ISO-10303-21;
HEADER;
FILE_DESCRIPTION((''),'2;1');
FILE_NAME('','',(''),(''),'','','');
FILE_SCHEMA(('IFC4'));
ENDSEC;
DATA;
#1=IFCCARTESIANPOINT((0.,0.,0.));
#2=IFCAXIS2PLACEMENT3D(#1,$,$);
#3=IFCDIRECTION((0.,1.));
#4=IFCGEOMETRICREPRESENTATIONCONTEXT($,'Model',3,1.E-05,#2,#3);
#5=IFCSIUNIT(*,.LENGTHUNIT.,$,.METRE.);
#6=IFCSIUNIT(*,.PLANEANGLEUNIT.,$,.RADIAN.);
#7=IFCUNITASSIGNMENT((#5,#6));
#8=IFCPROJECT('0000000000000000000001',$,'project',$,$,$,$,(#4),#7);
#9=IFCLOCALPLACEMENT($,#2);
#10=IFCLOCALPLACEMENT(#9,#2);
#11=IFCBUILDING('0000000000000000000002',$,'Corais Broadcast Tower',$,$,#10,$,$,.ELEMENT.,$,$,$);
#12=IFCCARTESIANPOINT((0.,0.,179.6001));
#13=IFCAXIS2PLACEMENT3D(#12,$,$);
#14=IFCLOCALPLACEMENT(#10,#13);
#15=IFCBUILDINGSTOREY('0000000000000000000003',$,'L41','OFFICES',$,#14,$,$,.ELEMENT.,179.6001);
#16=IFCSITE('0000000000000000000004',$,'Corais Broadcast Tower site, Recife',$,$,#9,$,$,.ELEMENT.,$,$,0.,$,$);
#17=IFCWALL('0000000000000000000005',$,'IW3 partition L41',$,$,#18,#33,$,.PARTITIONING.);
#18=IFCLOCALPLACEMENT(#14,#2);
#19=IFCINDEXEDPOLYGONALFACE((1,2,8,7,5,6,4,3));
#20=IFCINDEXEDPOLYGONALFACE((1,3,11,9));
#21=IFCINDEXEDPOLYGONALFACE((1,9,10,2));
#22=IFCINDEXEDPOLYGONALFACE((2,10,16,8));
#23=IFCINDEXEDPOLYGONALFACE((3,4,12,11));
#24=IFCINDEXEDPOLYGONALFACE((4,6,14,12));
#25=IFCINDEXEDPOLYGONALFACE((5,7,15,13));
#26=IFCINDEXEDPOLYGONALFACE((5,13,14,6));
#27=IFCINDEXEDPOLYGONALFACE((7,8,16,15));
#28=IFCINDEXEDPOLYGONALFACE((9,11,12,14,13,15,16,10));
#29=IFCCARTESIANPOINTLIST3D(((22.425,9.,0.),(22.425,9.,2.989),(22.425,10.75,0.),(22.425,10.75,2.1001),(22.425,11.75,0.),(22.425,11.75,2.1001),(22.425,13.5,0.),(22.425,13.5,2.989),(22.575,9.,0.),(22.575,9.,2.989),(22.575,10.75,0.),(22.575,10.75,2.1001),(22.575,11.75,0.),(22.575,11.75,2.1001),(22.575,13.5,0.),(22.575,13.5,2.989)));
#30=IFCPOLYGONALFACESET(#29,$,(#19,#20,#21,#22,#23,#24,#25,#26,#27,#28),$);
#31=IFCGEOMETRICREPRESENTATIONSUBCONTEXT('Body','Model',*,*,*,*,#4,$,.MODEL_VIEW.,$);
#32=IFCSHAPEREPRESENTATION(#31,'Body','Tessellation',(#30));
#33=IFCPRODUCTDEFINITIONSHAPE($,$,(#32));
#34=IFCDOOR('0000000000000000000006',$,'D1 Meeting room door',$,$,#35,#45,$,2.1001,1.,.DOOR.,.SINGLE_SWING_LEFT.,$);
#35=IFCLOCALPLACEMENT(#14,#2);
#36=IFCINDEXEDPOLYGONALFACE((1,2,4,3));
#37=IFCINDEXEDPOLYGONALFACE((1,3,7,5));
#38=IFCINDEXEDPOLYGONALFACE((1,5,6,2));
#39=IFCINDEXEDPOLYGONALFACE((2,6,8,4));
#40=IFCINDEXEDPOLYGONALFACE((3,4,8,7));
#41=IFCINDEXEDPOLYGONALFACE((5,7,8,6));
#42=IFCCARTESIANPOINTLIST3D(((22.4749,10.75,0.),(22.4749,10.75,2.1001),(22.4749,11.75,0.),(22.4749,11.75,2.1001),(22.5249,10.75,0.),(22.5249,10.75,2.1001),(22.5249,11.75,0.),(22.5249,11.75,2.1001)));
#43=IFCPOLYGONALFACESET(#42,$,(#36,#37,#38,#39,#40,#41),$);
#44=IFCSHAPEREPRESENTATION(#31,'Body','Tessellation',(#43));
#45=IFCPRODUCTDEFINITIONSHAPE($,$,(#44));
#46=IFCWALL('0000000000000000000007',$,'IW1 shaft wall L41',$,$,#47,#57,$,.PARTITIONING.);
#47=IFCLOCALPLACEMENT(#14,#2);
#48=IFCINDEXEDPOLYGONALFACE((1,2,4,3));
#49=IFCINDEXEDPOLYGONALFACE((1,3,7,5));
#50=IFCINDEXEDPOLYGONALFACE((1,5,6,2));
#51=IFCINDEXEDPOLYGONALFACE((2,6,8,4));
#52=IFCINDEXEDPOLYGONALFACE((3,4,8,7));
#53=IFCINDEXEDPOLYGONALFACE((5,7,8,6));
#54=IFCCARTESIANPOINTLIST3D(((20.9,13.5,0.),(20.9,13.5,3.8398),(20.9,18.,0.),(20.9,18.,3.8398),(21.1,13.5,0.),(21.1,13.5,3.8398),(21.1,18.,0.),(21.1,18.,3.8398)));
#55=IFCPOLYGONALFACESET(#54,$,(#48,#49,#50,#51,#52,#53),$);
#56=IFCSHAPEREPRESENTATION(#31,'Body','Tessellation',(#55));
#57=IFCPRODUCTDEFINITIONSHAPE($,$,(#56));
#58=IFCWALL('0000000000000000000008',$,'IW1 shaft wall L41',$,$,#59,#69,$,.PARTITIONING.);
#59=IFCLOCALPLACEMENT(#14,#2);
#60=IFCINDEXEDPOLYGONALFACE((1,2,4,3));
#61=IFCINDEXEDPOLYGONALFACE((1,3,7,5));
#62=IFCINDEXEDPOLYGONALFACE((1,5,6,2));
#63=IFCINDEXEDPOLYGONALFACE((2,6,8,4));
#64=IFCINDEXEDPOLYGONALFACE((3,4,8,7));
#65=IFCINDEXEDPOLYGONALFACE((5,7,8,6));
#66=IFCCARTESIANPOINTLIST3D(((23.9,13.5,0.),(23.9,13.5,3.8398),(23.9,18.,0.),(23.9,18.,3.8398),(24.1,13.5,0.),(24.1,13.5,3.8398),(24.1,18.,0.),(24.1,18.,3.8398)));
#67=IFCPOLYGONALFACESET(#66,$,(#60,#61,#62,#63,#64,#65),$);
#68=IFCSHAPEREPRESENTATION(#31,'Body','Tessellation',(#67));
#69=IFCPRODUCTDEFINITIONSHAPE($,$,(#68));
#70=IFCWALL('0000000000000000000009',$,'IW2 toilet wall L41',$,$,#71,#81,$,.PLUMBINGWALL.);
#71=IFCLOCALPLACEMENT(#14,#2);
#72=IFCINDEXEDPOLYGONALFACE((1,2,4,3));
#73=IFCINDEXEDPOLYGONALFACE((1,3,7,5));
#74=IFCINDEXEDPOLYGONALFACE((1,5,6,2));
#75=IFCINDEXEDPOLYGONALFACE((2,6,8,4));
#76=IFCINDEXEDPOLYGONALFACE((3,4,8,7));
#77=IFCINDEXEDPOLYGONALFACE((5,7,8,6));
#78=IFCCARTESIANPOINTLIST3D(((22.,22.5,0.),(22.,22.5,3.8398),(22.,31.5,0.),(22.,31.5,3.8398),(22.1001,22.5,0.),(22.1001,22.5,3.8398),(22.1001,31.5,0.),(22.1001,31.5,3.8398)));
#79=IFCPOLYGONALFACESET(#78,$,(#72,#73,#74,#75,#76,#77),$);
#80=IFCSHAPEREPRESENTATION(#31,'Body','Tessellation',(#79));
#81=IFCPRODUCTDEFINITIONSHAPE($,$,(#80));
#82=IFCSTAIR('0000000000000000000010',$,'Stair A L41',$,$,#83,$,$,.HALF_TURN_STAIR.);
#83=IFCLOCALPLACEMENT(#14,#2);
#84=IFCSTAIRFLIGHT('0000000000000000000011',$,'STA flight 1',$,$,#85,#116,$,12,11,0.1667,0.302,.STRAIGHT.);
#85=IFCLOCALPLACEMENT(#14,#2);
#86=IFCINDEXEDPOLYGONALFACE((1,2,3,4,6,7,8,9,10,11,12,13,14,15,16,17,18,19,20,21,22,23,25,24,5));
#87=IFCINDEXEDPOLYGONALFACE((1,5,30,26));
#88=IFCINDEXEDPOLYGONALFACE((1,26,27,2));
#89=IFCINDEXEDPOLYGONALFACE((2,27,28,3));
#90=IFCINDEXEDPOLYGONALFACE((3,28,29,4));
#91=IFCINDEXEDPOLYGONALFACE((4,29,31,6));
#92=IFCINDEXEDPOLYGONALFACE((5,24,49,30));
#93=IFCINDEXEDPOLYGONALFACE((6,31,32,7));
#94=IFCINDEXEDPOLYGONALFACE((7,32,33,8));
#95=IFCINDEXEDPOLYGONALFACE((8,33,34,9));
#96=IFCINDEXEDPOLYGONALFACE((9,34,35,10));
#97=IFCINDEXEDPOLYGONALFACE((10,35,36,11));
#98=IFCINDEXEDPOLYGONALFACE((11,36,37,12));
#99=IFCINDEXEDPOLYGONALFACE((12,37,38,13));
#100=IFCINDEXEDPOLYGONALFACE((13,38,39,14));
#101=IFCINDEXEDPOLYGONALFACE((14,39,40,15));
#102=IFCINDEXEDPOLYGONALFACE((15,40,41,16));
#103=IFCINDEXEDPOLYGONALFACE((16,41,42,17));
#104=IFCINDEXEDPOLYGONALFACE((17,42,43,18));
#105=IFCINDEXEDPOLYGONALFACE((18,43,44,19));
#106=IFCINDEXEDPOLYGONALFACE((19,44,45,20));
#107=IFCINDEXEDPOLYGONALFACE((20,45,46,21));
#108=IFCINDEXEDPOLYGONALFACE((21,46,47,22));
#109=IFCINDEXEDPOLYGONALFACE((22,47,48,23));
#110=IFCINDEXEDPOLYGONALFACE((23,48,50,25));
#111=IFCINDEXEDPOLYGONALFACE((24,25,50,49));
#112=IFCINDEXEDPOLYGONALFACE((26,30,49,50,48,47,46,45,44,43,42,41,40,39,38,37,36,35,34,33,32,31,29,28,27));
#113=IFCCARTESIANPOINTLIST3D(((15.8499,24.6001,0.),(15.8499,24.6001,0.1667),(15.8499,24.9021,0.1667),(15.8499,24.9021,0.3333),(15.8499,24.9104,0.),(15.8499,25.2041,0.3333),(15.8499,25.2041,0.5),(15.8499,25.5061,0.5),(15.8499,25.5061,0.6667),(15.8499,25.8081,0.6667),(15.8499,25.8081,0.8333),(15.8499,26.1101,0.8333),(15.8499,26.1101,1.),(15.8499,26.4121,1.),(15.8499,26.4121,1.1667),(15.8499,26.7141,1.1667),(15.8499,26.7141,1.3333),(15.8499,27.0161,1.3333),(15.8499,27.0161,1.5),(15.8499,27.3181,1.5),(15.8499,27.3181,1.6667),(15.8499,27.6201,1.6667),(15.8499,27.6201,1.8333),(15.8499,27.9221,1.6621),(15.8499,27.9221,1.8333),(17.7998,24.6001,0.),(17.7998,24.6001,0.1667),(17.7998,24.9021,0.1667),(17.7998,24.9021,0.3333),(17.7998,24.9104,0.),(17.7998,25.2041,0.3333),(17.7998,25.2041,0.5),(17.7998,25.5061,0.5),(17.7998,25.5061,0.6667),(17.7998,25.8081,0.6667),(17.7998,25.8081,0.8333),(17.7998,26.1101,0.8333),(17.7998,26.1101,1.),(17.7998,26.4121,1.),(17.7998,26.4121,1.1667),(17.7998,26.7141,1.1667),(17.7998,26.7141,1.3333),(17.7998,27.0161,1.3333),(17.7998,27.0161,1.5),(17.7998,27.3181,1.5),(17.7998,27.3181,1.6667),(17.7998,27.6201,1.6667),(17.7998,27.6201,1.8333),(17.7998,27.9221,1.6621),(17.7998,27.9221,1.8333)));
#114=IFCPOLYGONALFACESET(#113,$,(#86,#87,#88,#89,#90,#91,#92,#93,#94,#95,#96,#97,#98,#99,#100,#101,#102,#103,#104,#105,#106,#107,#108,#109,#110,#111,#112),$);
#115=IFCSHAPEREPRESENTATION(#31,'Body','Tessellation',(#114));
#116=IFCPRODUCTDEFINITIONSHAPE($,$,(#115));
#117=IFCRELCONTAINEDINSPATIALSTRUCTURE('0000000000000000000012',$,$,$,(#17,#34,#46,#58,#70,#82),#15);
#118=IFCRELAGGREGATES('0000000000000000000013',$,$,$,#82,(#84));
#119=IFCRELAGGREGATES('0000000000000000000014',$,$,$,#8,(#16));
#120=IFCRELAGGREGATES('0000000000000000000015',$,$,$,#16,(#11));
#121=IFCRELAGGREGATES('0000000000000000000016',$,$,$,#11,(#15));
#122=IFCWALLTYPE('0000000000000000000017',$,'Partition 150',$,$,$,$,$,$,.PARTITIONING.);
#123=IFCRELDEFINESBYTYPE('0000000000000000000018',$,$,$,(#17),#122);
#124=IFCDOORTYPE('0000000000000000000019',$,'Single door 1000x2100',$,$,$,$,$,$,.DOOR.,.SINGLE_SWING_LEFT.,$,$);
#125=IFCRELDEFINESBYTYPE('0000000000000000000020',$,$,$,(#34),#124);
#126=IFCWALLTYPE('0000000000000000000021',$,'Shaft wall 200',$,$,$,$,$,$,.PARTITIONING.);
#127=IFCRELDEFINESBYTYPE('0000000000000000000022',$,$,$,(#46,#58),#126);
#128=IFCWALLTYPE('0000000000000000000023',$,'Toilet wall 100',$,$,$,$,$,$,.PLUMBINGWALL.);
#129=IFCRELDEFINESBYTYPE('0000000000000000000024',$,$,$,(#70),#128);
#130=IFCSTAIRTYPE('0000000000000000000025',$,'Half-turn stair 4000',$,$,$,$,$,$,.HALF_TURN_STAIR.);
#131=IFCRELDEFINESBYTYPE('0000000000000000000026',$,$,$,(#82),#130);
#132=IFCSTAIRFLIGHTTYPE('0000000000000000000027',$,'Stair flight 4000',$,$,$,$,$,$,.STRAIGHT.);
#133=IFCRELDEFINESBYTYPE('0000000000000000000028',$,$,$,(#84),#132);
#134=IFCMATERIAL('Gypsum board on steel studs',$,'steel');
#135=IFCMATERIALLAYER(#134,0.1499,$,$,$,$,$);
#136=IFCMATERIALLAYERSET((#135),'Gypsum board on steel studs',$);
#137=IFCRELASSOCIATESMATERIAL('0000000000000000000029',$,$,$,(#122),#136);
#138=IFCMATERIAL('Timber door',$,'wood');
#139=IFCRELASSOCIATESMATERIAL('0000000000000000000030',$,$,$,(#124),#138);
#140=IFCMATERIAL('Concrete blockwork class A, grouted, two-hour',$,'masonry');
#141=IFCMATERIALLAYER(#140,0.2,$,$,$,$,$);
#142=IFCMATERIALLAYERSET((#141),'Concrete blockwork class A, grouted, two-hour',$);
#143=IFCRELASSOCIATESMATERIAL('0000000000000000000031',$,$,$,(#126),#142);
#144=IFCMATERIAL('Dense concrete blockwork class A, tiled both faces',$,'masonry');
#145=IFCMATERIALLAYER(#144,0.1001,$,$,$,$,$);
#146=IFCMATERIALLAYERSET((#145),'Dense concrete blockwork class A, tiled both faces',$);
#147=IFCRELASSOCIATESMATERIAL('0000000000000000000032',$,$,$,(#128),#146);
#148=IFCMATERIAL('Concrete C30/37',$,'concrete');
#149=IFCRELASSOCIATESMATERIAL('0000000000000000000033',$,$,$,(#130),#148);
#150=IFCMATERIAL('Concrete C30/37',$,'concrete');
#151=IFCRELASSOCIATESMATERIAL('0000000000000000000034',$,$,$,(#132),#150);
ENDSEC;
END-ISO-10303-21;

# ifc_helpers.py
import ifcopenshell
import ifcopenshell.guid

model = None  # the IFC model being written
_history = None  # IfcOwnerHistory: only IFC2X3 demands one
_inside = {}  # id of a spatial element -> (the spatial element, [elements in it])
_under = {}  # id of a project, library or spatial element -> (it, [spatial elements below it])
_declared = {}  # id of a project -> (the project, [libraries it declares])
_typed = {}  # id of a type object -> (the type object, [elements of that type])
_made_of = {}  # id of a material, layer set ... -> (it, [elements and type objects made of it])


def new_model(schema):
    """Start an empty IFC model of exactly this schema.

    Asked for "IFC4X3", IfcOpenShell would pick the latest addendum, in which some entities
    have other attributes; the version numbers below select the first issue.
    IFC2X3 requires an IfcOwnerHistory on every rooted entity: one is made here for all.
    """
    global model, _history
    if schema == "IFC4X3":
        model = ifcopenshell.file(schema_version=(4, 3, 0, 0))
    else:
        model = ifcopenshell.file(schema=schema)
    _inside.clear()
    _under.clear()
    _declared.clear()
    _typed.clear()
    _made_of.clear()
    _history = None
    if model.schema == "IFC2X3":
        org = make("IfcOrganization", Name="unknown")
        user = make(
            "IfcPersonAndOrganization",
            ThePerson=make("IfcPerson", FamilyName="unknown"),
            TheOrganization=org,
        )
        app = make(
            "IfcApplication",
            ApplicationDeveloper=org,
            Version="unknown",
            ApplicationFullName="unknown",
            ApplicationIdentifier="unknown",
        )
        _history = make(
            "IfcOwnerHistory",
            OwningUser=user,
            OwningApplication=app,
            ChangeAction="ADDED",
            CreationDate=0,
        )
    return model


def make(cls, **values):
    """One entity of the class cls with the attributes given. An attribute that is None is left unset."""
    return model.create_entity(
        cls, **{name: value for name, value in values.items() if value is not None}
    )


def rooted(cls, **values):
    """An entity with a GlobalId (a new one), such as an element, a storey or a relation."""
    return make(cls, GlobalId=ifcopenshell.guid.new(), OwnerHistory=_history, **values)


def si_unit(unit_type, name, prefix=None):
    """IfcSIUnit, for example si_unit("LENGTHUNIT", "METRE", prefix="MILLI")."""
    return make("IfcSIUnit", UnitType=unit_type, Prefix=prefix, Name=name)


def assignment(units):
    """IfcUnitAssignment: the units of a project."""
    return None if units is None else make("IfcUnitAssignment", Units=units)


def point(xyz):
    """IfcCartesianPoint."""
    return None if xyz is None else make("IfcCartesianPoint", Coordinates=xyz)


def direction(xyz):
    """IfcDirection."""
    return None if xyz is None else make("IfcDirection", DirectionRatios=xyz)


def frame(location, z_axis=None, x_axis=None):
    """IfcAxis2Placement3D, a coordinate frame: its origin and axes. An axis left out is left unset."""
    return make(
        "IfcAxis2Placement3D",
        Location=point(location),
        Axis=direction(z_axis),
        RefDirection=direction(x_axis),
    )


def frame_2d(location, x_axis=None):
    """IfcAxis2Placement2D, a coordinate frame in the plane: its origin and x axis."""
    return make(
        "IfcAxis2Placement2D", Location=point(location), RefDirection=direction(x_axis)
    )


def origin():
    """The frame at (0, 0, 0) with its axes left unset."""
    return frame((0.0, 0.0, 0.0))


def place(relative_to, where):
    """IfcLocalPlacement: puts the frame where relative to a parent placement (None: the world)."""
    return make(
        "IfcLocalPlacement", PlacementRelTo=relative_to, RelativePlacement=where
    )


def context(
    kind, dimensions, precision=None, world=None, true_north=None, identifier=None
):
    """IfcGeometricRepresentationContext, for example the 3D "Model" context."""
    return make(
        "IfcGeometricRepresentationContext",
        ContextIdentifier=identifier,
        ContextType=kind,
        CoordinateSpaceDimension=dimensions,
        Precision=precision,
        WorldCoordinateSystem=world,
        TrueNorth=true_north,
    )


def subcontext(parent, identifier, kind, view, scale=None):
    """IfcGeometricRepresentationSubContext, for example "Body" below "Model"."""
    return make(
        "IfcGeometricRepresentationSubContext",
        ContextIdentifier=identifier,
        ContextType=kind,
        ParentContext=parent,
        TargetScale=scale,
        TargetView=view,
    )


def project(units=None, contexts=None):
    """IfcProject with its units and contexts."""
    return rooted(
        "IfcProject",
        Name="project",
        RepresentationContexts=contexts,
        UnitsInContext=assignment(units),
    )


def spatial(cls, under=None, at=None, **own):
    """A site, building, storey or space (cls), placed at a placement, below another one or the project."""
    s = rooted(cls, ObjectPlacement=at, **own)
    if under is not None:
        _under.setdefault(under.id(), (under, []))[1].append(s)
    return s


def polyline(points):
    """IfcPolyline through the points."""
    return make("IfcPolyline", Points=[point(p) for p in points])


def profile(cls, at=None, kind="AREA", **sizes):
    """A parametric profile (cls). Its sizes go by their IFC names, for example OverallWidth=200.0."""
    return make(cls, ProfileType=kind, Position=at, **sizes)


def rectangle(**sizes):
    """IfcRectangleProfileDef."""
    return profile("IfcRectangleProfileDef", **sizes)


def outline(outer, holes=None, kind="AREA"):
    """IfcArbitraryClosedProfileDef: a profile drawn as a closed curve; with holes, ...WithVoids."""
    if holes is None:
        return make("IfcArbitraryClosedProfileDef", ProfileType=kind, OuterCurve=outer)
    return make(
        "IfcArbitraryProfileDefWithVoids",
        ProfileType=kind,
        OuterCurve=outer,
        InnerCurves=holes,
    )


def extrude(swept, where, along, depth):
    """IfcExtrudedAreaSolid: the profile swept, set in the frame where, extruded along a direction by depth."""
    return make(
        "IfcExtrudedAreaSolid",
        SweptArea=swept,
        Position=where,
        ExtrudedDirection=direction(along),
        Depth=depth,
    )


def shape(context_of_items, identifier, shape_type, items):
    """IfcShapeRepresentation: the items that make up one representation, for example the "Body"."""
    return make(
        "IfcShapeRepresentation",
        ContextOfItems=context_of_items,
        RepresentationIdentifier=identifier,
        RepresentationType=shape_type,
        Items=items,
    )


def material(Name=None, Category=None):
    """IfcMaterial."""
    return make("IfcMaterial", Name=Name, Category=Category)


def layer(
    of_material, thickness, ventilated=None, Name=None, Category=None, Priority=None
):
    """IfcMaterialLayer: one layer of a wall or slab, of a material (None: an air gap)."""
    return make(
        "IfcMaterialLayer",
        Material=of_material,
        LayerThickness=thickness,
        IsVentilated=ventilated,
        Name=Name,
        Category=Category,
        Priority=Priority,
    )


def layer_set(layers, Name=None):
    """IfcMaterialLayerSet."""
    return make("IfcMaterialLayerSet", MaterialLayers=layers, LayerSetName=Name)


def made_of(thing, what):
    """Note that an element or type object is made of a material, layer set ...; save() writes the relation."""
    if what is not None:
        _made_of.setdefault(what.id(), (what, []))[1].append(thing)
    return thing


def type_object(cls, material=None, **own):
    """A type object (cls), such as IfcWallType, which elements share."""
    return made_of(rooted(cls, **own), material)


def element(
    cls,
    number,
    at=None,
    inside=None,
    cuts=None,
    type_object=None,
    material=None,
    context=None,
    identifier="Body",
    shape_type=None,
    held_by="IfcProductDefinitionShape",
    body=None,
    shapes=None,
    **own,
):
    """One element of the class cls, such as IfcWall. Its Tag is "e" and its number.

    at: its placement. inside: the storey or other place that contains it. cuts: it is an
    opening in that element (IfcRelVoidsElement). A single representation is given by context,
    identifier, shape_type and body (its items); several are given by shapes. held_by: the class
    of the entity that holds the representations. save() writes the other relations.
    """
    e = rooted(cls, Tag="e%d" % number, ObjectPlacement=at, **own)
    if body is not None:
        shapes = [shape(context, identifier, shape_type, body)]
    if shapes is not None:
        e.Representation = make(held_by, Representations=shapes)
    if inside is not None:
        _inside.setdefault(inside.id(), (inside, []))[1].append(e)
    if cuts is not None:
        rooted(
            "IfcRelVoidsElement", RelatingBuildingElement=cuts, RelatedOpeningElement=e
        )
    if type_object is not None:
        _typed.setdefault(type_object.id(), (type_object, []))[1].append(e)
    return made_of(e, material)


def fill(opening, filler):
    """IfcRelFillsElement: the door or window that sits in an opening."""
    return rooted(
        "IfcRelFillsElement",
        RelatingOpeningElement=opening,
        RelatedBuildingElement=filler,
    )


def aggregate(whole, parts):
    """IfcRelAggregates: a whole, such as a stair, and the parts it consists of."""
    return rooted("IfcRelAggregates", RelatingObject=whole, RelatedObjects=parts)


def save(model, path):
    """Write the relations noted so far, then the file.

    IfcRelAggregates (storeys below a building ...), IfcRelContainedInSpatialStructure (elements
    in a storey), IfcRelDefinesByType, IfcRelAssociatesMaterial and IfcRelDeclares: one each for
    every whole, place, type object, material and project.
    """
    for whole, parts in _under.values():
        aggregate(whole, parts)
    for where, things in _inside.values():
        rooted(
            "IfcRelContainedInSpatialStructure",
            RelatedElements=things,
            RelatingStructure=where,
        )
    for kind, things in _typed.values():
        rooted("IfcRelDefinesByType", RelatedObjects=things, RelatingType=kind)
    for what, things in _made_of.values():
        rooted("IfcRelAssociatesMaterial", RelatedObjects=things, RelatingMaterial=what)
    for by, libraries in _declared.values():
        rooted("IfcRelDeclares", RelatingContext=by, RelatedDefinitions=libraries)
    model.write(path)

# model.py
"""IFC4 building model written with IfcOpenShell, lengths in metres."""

from ifc_helpers import new_model, si_unit, direction, frame, frame_2d, origin, place, context, subcontext, project, spatial, polyline, rectangle, outline, extrude, material, layer, layer_set, type_object, element, fill, aggregate, save


model = new_model("IFC4")

# Units and contexts
model_context = context("Model", 3, precision=1e-05, world=origin(), true_north=direction((0.0, 1.0)))
body_context = subcontext(model_context, "Body", "Model", "MODEL_VIEW")
ifc_project = project(units=[si_unit("LENGTHUNIT", "METRE"), si_unit("PLANEANGLEUNIT", "RADIAN")], contexts=[model_context])

# Site, building, storey
site_placement = place(None, origin())
site = spatial("IfcSite", under=ifc_project, at=site_placement, Name="Corais Broadcast Tower site, Recife", CompositionType="ELEMENT", RefElevation=0.0)
building_placement = place(site_placement, origin())
building = spatial("IfcBuilding", under=site, at=building_placement, Name="Corais Broadcast Tower", CompositionType="ELEMENT")
storey_placement = place(building_placement, frame((0.0, 0.0, 179.6001)))
storey = spatial("IfcBuildingStorey", under=building, at=storey_placement, Name="L41", Description="OFFICES", CompositionType="ELEMENT", Elevation=179.6001)

# Shared definitions
ifc_material_1 = material(Name="Gypsum board on steel studs", Category="steel")
ifc_layer_1 = layer(ifc_material_1, 0.1499)
ifc_layer_set_1 = layer_set([ifc_layer_1], Name="Gypsum board on steel studs")
wall_type_1 = type_object("IfcWallType", Name="Partition 150", PredefinedType="PARTITIONING", material=ifc_layer_set_1)

# Wall, opening, door
wall_1_placement = place(storey_placement, frame((22.5, 13.5, 0.0), z_axis=(0.0, 0.0, 1.0), x_axis=(0.0, -1.0, 0.0)))
wall_1 = element("IfcWall", 1, at=wall_1_placement, inside=storey, type_object=wall_type_1, Name="IW3 partition L41", PredefinedType="PARTITIONING", context=body_context, shape_type="SweptSolid", body=[
    extrude(rectangle(XDim=4.5, YDim=0.1499, at=frame_2d((2.25, 0.0))), origin(), (0.0, 0.0, 1.0), 2.989),
])
opening_1_placement = place(wall_1_placement, frame((1.75, 0.0, 0.0)))
opening_1 = element("IfcOpeningElement", 2, at=opening_1_placement, cuts=wall_1, PredefinedType="OPENING", context=body_context, shape_type="SweptSolid", body=[
    extrude(rectangle(XDim=1.0, YDim=2.1001, at=frame_2d((0.5, 1.05))), frame((0.0, 0.085, 0.0), z_axis=(0.0, -1.0, 0.0), x_axis=(1.0, 0.0, 0.0)), (0.0, 0.0, 1.0), 0.1699),
])
ifc_material_2 = material(Name="Timber door", Category="wood")
door_type_1 = type_object("IfcDoorType", Name="Single door 1000x2100", OperationType="SINGLE_SWING_LEFT", PredefinedType="DOOR", material=ifc_material_2)
door_1_placement = place(opening_1_placement, origin())
door_1 = element("IfcDoor", 3, at=door_1_placement, inside=storey, type_object=door_type_1, Name="D1 Meeting room door", OperationType="SINGLE_SWING_LEFT", OverallHeight=2.1001, OverallWidth=1.0, PredefinedType="DOOR", context=body_context, shape_type="SweptSolid", body=[
    extrude(rectangle(XDim=1.0, YDim=2.1001, at=frame_2d((0.5, 1.05))), frame((0.0, 0.0249, 0.0), z_axis=(0.0, -1.0, 0.0), x_axis=(1.0, 0.0, 0.0)), (0.0, 0.0, 1.0), 0.05),
])
fill(opening_1, door_1)

# Walls
ifc_material_3 = material(Name="Concrete blockwork class A, grouted, two-hour", Category="masonry")
ifc_layer_2 = layer(ifc_material_3, 0.2)
ifc_layer_set_2 = layer_set([ifc_layer_2], Name="Concrete blockwork class A, grouted, two-hour")
wall_type_2 = type_object("IfcWallType", Name="Shaft wall 200", PredefinedType="PARTITIONING", material=ifc_layer_set_2)
for number, where, z_axis, x_axis, name in (
    (4, (21.0, 13.5, 0.0), (0.0, 0.0, 1.0), (0.0, 1.0, 0.0), "IW1 shaft wall L41"),
    (5, (24.0, 13.5, 0.0), (0.0, 0.0, 1.0), (0.0, 1.0, 0.0), "IW1 shaft wall L41"),
):
    element("IfcWall", number, at=place(storey_placement, frame(where, z_axis=z_axis, x_axis=x_axis)), inside=storey, type_object=wall_type_2, Name=name, PredefinedType="PARTITIONING", context=body_context, shape_type="SweptSolid", body=[
        extrude(rectangle(XDim=4.5, YDim=0.2, at=frame_2d((2.25, 0.0))), origin(), (0.0, 0.0, 1.0), 3.8398),
    ])
ifc_material_4 = material(Name="Dense concrete blockwork class A, tiled both faces", Category="masonry")
ifc_layer_3 = layer(ifc_material_4, 0.1001)
ifc_layer_set_3 = layer_set([ifc_layer_3], Name="Dense concrete blockwork class A, tiled both faces")
wall_type_3 = type_object("IfcWallType", Name="Toilet wall 100", PredefinedType="PLUMBINGWALL", material=ifc_layer_set_3)
wall_2_placement = place(storey_placement, frame((22.05, 22.5, 0.0), z_axis=(0.0, 0.0, 1.0), x_axis=(0.0, 1.0, 0.0)))
element("IfcWall", 6, at=wall_2_placement, inside=storey, type_object=wall_type_3, Name="IW2 toilet wall L41", PredefinedType="PLUMBINGWALL", context=body_context, shape_type="SweptSolid", body=[
    extrude(rectangle(XDim=9.0, YDim=0.1001, at=frame_2d((4.5, 0.0))), origin(), (0.0, 0.0, 1.0), 3.8398),
])

# Stair, stair flight
ifc_material_5 = material(Name="Concrete C30/37", Category="concrete")
stair_type = type_object("IfcStairType", Name="Half-turn stair 4000", PredefinedType="HALF_TURN_STAIR", material=ifc_material_5)
stair_placement = place(storey_placement, origin())
stair = element("IfcStair", 7, at=stair_placement, inside=storey, type_object=stair_type, Name="Stair A L41", PredefinedType="HALF_TURN_STAIR")
ifc_material_6 = material(Name="Concrete C30/37", Category="concrete")
stair_flight_type = type_object("IfcStairFlightType", Name="Stair flight 4000", PredefinedType="STRAIGHT", material=ifc_material_6)
stair_flight_placement = place(storey_placement, frame((16.825, 24.6001, 0.0), z_axis=(0.0, 0.0, 1.0), x_axis=(0.0, 1.0, 0.0)))
stair_flight = element("IfcStairFlight", 8, at=stair_flight_placement, type_object=stair_flight_type, Name="STA flight 1", NumberOfRisers=12, NumberOfTreads=11, PredefinedType="STRAIGHT", RiserHeight=0.1667, TreadLength=0.302, context=body_context, shape_type="SweptSolid", body=[
    extrude(outline(polyline([(0.0, 0.0), (0.0, 0.1667), (0.302, 0.1667), (0.302, 0.3333), (0.604, 0.3333), (0.604, 0.5), (0.906, 0.5), (0.906, 0.6667), (1.208, 0.6667), (1.208, 0.8333), (1.51, 0.8333), (1.51, 1.0), (1.812, 1.0), (1.812, 1.1667), (2.114, 1.1667), (2.114, 1.3333), (2.416, 1.3333), (2.416, 1.5), (2.718, 1.5), (2.718, 1.6667), (3.02, 1.6667), (3.02, 1.8333), (3.322, 1.8333), (3.322, 2.0), (3.322, 1.6621), (0.3103, 0.0), (0.0, 0.0)])), frame((0.0, 0.9751, 0.0), z_axis=(0.0, -1.0, 0.0), x_axis=(1.0, 0.0, 0.0)), (0.0, 0.0, 1.0), 1.95),
])
aggregate(stair, [stair_flight])

save(model, "model.ifc")
